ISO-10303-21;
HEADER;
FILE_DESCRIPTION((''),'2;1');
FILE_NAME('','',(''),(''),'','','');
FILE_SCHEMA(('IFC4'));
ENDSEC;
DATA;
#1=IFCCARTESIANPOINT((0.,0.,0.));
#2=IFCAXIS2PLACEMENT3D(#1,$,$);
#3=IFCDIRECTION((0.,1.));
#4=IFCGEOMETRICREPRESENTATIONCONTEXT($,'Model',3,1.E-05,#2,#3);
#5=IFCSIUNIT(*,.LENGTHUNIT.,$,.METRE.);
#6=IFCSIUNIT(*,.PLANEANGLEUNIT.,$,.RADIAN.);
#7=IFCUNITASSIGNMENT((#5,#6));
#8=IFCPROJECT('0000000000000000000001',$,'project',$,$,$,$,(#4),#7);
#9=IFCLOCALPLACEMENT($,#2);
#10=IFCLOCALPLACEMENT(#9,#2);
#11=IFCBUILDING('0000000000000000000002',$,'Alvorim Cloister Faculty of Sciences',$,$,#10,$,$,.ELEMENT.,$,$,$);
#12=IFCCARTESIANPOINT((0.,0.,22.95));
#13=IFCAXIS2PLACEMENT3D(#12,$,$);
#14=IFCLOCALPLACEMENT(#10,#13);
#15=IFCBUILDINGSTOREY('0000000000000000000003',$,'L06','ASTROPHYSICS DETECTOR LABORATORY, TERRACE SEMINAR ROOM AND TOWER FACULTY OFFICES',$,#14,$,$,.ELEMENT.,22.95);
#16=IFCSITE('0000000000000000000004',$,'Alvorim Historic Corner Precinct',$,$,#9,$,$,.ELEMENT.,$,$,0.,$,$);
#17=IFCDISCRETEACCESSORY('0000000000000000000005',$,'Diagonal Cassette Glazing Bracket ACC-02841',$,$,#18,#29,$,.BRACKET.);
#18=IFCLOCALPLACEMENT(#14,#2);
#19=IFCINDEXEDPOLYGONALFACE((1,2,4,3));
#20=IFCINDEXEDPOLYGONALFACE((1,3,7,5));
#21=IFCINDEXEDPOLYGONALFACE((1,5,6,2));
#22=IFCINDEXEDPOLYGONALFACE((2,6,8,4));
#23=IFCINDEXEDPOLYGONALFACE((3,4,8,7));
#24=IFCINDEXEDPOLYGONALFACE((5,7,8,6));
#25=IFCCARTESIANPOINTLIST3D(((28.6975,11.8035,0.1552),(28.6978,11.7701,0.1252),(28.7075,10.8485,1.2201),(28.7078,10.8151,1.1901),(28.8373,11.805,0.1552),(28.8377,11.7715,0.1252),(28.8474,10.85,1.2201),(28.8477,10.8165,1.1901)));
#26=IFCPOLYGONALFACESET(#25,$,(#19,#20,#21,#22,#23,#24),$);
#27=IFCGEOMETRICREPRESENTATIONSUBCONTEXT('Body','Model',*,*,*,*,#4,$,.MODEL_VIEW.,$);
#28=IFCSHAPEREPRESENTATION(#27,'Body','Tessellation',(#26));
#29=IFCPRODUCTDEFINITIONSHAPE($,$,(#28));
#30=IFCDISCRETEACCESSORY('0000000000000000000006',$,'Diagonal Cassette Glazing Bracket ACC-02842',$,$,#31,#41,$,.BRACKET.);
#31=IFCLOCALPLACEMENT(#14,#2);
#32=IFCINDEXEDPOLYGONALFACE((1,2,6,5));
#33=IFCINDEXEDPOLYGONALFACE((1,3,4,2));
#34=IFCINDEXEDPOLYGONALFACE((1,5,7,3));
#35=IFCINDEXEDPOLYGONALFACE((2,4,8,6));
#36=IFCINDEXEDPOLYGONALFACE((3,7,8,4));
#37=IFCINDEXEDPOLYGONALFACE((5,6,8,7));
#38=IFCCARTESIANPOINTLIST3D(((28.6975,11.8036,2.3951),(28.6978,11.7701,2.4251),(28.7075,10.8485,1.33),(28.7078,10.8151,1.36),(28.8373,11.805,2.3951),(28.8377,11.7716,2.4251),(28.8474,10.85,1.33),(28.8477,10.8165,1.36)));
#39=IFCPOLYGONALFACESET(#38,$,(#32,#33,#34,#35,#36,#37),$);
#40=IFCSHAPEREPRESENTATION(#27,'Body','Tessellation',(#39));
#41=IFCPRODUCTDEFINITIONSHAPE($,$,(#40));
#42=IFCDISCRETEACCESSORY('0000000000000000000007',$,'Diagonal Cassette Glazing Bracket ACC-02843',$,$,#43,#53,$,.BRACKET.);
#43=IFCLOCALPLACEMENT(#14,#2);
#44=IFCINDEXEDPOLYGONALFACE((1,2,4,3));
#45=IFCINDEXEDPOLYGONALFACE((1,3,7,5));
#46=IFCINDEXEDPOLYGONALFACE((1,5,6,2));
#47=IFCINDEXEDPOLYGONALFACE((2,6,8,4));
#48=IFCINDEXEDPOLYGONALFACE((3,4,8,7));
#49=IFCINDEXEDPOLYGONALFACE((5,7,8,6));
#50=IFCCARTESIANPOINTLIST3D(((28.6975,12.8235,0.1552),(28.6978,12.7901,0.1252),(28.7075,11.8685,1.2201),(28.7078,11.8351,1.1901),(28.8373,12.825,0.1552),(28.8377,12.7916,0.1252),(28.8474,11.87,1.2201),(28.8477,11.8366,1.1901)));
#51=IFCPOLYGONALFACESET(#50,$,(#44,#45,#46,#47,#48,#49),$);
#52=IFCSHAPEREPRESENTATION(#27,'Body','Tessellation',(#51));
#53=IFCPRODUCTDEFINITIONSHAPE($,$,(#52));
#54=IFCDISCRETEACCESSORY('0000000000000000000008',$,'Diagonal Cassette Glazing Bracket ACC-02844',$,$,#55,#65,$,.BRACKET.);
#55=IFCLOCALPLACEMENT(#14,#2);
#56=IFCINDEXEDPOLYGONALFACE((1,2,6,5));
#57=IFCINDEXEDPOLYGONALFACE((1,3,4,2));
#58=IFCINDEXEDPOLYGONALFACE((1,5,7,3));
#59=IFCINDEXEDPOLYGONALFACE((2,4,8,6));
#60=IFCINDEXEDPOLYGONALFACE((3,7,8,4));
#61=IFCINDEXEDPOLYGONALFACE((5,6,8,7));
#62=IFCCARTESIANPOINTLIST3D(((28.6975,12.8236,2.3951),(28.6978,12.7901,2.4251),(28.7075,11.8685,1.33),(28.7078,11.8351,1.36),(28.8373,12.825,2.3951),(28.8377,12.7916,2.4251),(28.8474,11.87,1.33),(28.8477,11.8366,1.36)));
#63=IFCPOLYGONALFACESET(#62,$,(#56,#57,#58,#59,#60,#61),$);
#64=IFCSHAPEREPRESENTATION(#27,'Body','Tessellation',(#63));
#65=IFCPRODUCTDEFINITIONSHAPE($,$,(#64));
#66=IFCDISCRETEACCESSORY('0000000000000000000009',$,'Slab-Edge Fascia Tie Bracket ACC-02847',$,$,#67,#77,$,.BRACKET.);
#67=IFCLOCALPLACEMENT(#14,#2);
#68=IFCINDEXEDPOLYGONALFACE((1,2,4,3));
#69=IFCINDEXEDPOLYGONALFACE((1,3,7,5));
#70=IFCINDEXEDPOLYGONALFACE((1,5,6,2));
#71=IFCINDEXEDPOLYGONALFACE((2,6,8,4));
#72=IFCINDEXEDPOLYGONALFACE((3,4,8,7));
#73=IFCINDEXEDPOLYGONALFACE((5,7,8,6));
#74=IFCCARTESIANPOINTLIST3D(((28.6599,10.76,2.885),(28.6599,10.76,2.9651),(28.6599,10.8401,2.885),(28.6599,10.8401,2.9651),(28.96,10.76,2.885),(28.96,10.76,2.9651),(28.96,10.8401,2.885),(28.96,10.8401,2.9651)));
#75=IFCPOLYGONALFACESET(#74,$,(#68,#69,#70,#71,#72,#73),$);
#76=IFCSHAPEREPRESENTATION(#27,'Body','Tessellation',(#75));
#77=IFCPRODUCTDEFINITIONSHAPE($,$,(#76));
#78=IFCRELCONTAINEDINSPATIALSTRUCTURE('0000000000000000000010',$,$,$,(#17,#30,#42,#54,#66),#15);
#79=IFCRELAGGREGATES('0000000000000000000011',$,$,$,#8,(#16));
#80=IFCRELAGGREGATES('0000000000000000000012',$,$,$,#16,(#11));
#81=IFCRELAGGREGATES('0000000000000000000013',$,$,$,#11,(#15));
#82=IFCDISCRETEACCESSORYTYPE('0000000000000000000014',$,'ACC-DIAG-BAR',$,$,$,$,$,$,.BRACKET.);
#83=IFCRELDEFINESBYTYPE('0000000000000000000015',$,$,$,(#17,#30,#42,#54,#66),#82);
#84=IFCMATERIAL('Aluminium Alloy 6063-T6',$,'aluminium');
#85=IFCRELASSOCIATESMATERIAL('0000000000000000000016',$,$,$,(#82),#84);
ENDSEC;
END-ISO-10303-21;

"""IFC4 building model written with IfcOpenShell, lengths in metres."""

from ifc_helpers import new_model, si_unit, direction, frame, origin, origin_2d, place, context, subcontext, project, spatial, rectangle, extrude, material, type_object, element, save


model = new_model("IFC4")

# Units and contexts
model_context = context("Model", 3, precision=1e-05, world=origin(), true_north=direction((0.0, 1.0)))
body_context = subcontext(model_context, "Body", "Model", "MODEL_VIEW")
ifc_project = project(units=[si_unit("LENGTHUNIT", "METRE"), si_unit("PLANEANGLEUNIT", "RADIAN")], contexts=[model_context])

# Site, building, storey
site_placement = place(None, origin())
site = spatial("IfcSite", under=ifc_project, at=site_placement, Name="Alvorim Historic Corner Precinct", CompositionType="ELEMENT", RefElevation=0.0)
building_placement = place(site_placement, origin())
building = spatial("IfcBuilding", under=site, at=building_placement, Name="Alvorim Cloister Faculty of Sciences", CompositionType="ELEMENT")
storey_placement = place(building_placement, frame((0.0, 0.0, 22.95)))
storey = spatial("IfcBuildingStorey", under=building, at=storey_placement, Name="L06", Description="ASTROPHYSICS DETECTOR LABORATORY, TERRACE SEMINAR ROOM AND TOWER FACULTY OFFICES", CompositionType="ELEMENT", Elevation=22.95)

# Shared definitions
ifc_material_1 = material(Name="Aluminium Alloy 6063-T6", Category="aluminium")

# Discrete accessories
discrete_accessory_type = type_object("IfcDiscreteAccessoryType", Name="ACC-DIAG-BAR", PredefinedType="BRACKET", material=ifc_material_1)
discrete_accessory_1_placement = place(storey_placement, frame((28.7776, 10.8325, 1.2051), z_axis=(-0.006997, 0.667646, -0.744446), x_axis=(-0.999945, -0.01048, 0.0)))
element("IfcDiscreteAccessory", 1, at=discrete_accessory_1_placement, inside=storey, type_object=discrete_accessory_type, Name="Diagonal Cassette Glazing Bracket ACC-02841", PredefinedType="BRACKET", context=body_context, shape_type="SweptSolid", body=[
    extrude(rectangle(XDim=0.1399, YDim=0.0449, at=origin_2d()), origin(), (0.0, 0.0, 1.0), 1.4304),
])
discrete_accessory_2_placement = place(storey_placement, frame((28.7776, 10.8325, 1.345), z_axis=(-0.006996, 0.667561, 0.744522), x_axis=(-0.999945, -0.01048, 0.0)))
element("IfcDiscreteAccessory", 2, at=discrete_accessory_2_placement, inside=storey, type_object=discrete_accessory_type, Name="Diagonal Cassette Glazing Bracket ACC-02842", PredefinedType="BRACKET", context=body_context, shape_type="SweptSolid", body=[
    extrude(rectangle(XDim=0.1399, YDim=0.0449, at=origin_2d()), origin(), (0.0, 0.0, 1.0), 1.4307),
])
discrete_accessory_3_placement = place(storey_placement, frame((28.7776, 11.8525, 1.2051), z_axis=(-0.006997, 0.667646, -0.744446), x_axis=(-0.999945, -0.01048, 0.0)))
element("IfcDiscreteAccessory", 3, at=discrete_accessory_3_placement, inside=storey, type_object=discrete_accessory_type, Name="Diagonal Cassette Glazing Bracket ACC-02843", PredefinedType="BRACKET", context=body_context, shape_type="SweptSolid", body=[
    extrude(rectangle(XDim=0.1399, YDim=0.0449, at=origin_2d()), origin(), (0.0, 0.0, 1.0), 1.4304),
])
discrete_accessory_4_placement = place(storey_placement, frame((28.7776, 11.8525, 1.345), z_axis=(-0.006996, 0.667561, 0.744522), x_axis=(-0.999945, -0.01048, 0.0)))
element("IfcDiscreteAccessory", 4, at=discrete_accessory_4_placement, inside=storey, type_object=discrete_accessory_type, Name="Diagonal Cassette Glazing Bracket ACC-02844", PredefinedType="BRACKET", context=body_context, shape_type="SweptSolid", body=[
    extrude(rectangle(XDim=0.1399, YDim=0.0449, at=origin_2d()), origin(), (0.0, 0.0, 1.0), 1.4307),
])
discrete_accessory_5_placement = place(storey_placement, frame((28.6599, 10.8, 2.925), z_axis=(1.0, 0.0, 0.0), x_axis=(0.0, 1.0, 0.0)))
element("IfcDiscreteAccessory", 5, at=discrete_accessory_5_placement, inside=storey, type_object=discrete_accessory_type, Name="Slab-Edge Fascia Tie Bracket ACC-02847", PredefinedType="BRACKET", context=body_context, shape_type="SweptSolid", body=[
    extrude(rectangle(XDim=0.0801, YDim=0.0801, at=origin_2d()), origin(), (0.0, 0.0, 1.0), 0.3),
])

save(model, "model.ifc")
